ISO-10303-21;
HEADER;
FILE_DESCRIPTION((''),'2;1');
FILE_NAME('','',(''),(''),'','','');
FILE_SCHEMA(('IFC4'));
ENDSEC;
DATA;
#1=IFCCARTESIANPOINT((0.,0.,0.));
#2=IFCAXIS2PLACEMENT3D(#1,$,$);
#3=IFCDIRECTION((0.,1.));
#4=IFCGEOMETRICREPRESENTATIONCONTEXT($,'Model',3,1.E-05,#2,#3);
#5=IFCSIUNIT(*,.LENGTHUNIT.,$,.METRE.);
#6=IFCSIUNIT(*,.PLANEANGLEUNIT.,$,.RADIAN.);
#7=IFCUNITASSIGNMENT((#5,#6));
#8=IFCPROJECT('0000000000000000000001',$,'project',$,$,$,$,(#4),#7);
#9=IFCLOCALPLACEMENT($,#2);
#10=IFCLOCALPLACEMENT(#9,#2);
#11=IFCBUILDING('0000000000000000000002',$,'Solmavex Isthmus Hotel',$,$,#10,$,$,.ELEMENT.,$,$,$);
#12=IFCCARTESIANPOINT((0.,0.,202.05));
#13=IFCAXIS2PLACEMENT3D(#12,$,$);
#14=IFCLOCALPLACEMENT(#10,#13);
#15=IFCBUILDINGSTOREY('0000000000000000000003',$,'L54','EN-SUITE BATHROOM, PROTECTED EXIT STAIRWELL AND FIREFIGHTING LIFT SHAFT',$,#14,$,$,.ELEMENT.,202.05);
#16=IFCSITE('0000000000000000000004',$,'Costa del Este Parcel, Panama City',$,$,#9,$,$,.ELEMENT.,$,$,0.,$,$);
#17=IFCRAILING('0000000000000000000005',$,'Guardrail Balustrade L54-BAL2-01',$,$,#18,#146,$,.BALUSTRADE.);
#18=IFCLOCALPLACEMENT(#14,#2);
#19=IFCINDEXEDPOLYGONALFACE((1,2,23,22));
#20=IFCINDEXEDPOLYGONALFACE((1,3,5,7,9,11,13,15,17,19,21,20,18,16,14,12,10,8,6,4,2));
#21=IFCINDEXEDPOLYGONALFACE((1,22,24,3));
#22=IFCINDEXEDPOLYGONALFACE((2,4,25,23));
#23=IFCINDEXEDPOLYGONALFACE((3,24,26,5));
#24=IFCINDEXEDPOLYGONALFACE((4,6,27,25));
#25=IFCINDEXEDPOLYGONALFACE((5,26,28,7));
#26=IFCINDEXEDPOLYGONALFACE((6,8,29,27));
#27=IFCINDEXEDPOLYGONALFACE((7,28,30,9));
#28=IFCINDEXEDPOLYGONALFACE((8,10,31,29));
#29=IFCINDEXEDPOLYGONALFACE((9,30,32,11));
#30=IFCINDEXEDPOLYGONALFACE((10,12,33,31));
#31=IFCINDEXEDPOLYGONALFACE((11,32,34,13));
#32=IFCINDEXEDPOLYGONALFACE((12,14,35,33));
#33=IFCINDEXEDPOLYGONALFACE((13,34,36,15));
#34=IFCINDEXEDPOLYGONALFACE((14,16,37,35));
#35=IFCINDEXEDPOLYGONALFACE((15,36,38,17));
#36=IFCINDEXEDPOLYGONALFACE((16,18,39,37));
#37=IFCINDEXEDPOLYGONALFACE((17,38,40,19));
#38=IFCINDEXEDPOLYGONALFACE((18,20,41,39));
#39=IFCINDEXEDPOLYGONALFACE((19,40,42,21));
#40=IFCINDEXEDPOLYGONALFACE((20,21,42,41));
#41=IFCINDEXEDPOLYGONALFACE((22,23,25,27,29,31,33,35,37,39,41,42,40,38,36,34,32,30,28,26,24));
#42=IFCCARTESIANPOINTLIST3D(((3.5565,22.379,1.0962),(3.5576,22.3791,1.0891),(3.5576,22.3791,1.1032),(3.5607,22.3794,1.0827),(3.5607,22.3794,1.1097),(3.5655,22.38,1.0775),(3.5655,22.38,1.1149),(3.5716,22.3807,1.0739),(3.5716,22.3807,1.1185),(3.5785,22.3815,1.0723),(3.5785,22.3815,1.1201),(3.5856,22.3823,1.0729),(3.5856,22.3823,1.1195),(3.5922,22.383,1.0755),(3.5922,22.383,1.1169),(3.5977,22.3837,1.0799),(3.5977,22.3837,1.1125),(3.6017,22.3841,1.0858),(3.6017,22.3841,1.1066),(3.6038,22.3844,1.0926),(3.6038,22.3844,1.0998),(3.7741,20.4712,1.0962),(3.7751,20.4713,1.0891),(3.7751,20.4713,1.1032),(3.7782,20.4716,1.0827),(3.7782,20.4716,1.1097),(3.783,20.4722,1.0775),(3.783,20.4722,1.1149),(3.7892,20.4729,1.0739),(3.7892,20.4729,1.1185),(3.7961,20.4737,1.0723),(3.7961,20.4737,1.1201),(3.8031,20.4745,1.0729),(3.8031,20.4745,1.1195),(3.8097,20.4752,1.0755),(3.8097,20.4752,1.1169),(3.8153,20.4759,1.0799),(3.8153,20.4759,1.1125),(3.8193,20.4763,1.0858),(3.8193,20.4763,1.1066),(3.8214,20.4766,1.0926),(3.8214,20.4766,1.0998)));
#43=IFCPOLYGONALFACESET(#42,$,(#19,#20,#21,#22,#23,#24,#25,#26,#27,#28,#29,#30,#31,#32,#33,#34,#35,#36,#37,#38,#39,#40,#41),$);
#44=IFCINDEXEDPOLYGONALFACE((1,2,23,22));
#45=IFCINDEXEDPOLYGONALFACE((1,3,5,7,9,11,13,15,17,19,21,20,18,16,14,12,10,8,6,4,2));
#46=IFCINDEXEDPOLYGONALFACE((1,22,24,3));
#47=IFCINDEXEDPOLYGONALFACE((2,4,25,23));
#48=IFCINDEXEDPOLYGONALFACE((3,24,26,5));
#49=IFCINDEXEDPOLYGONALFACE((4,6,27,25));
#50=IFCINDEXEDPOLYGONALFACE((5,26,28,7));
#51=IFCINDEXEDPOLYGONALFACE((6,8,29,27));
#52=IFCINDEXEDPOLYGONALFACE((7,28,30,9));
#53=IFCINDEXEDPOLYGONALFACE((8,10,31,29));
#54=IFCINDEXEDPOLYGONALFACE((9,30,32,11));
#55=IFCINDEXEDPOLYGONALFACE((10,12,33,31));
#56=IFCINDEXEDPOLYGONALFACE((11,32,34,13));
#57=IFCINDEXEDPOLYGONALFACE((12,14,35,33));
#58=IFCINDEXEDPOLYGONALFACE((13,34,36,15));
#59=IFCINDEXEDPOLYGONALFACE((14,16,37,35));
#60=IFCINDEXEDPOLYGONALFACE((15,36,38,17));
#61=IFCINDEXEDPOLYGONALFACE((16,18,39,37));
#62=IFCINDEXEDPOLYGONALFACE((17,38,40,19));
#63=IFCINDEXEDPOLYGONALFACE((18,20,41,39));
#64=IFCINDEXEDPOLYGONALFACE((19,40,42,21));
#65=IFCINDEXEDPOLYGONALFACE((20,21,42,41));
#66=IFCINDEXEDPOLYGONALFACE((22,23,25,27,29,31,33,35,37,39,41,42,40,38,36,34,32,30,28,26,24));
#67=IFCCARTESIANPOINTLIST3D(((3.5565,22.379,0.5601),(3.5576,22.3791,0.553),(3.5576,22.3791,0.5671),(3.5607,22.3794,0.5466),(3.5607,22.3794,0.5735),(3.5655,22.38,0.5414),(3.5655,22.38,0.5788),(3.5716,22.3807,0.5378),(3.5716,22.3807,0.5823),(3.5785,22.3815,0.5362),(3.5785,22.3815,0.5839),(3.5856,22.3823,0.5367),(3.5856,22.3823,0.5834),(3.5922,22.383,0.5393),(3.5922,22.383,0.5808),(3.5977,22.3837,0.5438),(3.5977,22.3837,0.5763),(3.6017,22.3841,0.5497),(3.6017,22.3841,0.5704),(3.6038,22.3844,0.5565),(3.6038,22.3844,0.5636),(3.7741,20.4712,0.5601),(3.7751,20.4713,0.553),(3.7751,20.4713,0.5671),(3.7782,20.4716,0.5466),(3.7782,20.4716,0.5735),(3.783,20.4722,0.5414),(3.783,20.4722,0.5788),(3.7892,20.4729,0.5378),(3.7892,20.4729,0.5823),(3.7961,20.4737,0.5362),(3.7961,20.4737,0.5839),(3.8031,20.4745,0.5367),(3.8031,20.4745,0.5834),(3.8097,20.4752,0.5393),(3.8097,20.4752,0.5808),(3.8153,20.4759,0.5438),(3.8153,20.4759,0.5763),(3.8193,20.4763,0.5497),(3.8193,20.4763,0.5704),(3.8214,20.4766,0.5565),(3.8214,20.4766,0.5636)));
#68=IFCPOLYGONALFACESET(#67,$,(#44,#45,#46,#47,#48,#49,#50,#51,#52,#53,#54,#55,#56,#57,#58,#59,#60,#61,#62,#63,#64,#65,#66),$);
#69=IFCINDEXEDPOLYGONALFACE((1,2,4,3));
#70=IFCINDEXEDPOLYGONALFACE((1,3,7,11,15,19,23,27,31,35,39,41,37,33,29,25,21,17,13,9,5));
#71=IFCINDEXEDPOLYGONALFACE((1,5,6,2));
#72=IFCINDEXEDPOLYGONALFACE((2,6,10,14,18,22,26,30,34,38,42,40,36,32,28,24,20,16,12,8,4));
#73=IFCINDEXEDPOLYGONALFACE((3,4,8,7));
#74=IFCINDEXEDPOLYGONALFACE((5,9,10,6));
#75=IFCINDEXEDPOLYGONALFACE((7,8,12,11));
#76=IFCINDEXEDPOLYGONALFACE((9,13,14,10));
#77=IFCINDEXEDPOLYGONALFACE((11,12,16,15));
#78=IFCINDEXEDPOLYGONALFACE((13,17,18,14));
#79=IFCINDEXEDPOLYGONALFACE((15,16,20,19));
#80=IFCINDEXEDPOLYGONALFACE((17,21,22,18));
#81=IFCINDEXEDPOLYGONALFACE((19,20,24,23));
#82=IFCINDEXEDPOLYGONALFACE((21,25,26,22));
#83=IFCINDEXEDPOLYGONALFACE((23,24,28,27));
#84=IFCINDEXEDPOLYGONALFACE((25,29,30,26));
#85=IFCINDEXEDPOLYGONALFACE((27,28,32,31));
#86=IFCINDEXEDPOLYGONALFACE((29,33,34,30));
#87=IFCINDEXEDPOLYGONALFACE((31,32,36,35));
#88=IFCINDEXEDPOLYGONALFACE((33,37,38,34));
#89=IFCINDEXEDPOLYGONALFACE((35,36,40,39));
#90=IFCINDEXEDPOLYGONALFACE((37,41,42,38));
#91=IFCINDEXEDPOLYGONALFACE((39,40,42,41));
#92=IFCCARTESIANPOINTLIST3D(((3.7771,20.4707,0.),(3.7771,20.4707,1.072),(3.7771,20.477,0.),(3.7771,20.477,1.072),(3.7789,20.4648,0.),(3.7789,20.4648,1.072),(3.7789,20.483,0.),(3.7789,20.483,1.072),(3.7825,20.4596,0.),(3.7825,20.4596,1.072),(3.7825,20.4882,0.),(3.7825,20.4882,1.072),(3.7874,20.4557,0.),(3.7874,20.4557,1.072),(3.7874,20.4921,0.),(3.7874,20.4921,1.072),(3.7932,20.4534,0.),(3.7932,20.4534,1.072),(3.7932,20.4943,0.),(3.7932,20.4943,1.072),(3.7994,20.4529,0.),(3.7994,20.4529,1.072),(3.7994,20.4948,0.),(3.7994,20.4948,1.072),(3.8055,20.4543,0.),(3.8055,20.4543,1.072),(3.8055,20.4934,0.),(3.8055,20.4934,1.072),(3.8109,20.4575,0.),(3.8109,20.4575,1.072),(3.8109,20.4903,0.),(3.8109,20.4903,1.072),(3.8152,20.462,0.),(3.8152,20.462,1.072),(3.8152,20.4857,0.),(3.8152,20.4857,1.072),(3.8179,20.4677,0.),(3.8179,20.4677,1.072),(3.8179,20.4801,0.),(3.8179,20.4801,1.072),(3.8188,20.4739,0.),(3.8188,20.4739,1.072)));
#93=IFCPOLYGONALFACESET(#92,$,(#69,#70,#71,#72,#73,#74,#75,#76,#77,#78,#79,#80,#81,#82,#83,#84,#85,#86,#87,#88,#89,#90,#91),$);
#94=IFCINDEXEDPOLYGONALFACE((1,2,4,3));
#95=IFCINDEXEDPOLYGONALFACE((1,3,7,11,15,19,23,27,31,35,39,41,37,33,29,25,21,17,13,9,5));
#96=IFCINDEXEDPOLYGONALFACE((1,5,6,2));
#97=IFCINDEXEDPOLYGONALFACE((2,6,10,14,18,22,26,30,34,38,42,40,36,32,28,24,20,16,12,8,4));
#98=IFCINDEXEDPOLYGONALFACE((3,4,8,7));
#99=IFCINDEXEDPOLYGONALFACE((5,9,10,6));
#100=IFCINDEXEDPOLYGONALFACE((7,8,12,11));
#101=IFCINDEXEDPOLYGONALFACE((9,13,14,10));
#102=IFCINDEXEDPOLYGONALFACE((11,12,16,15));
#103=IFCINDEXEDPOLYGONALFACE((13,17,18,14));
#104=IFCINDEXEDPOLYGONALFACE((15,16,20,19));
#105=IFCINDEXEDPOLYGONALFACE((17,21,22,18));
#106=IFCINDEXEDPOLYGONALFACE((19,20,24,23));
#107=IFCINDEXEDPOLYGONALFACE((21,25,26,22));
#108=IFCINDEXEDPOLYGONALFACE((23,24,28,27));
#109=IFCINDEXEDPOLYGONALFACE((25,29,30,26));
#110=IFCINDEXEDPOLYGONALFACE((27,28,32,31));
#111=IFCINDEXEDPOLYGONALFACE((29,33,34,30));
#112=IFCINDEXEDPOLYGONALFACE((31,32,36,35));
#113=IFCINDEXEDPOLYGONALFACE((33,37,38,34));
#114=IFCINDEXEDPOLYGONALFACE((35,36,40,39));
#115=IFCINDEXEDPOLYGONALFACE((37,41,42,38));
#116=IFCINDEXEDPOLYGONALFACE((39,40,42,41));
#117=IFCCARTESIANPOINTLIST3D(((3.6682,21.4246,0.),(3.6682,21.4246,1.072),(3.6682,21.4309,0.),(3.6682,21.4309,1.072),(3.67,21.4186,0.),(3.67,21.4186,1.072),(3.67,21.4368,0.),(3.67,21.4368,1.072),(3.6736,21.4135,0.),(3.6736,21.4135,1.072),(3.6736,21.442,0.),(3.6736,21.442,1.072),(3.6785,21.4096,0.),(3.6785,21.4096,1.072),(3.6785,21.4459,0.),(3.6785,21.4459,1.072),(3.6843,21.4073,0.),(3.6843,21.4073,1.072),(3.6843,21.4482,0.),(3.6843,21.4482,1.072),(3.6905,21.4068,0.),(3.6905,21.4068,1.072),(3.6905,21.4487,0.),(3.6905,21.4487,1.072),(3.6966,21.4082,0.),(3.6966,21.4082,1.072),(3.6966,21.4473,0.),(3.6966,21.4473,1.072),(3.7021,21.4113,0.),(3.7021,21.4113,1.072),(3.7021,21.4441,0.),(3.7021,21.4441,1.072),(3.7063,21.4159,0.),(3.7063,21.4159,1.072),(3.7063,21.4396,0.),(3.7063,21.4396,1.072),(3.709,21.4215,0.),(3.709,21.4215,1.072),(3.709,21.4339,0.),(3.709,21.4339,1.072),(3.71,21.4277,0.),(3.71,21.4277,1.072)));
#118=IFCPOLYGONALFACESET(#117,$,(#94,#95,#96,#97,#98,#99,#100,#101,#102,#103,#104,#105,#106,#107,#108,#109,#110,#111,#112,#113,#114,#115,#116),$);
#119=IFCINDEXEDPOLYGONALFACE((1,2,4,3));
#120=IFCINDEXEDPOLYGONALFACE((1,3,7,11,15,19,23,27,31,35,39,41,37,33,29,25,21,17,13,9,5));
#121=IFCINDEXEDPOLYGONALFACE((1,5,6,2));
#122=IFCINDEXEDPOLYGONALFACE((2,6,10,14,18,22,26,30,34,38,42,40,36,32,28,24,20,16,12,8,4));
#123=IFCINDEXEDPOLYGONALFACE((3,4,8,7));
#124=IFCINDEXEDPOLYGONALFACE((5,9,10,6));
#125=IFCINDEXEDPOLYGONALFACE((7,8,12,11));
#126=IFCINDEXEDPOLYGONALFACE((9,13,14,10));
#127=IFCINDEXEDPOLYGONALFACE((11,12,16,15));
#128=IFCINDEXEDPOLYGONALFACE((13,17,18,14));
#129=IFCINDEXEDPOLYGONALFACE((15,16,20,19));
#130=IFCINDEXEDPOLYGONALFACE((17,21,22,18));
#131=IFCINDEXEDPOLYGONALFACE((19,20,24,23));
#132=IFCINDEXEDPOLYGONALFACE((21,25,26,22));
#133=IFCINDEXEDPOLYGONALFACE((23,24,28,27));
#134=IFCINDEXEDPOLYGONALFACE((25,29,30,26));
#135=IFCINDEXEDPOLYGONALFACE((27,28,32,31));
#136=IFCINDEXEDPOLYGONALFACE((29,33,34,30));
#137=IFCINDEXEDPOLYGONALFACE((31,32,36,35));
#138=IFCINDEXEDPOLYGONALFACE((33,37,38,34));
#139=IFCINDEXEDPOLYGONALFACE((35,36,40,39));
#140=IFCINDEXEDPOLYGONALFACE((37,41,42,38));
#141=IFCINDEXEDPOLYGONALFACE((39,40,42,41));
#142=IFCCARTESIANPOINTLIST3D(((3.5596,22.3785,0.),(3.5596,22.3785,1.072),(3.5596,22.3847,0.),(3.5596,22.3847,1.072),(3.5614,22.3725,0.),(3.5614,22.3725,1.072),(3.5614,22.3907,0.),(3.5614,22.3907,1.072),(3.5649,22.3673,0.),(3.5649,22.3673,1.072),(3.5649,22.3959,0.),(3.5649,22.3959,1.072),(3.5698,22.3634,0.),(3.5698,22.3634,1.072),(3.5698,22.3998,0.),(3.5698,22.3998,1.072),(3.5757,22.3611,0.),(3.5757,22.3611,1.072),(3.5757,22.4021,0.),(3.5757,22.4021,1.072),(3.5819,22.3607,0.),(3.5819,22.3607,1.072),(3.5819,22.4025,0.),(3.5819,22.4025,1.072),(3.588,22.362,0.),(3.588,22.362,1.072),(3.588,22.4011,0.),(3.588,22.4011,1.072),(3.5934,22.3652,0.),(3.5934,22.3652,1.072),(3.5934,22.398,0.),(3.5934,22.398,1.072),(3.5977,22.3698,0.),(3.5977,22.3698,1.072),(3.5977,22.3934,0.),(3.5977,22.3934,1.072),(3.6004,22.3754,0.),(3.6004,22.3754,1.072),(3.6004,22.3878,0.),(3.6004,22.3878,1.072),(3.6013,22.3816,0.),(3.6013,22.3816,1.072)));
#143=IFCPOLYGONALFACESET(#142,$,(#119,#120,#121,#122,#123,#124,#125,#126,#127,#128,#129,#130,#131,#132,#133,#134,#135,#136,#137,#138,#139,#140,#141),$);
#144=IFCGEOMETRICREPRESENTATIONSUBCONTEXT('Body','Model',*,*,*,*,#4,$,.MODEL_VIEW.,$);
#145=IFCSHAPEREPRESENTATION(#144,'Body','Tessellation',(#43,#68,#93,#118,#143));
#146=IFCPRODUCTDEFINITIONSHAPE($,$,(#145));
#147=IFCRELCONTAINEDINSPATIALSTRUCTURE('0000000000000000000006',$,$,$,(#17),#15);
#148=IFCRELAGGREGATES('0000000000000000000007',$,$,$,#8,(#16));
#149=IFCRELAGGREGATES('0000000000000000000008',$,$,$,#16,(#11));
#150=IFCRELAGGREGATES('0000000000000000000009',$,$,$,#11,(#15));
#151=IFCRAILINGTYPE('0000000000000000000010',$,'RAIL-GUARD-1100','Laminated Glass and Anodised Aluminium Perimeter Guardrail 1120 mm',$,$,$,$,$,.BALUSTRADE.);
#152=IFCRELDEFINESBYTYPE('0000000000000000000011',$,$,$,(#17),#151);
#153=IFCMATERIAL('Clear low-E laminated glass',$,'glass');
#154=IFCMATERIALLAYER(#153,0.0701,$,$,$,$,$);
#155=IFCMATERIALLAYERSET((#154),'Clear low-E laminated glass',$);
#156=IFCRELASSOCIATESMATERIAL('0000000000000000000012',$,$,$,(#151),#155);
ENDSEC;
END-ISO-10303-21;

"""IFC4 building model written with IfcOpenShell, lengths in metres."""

from ifc_helpers import new_model, si_unit, direction, frame, origin, origin_2d, place, context, subcontext, project, spatial, circle, extrude, material, layer, layer_set, type_object, element, save


model = new_model("IFC4")

# Units and contexts
model_context = context("Model", 3, precision=1e-05, world=origin(), true_north=direction((0.0, 1.0)))
body_context = subcontext(model_context, "Body", "Model", "MODEL_VIEW")
ifc_project = project(units=[si_unit("LENGTHUNIT", "METRE"), si_unit("PLANEANGLEUNIT", "RADIAN")], contexts=[model_context])

# Site, building, storey
site_placement = place(None, origin())
site = spatial("IfcSite", under=ifc_project, at=site_placement, Name="Costa del Este Parcel, Panama City", CompositionType="ELEMENT", RefElevation=0.0)
building_placement = place(site_placement, origin())
building = spatial("IfcBuilding", under=site, at=building_placement, Name="Solmavex Isthmus Hotel", CompositionType="ELEMENT")
storey_placement = place(building_placement, frame((0.0, 0.0, 202.05)))
storey = spatial("IfcBuildingStorey", under=building, at=storey_placement, Name="L54", Description="EN-SUITE BATHROOM, PROTECTED EXIT STAIRWELL AND FIREFIGHTING LIFT SHAFT", CompositionType="ELEMENT", Elevation=202.05)

# Shared definitions
ifc_material_1 = material(Name="Clear low-E laminated glass", Category="glass")

# Railing
ifc_layer_1 = layer(ifc_material_1, 0.0701)
ifc_layer_set_1 = layer_set([ifc_layer_1], Name="Clear low-E laminated glass")
railing_type = type_object("IfcRailingType", Name="RAIL-GUARD-1100", Description="Laminated Glass and Anodised Aluminium Perimeter Guardrail 1120 mm", PredefinedType="BALUSTRADE", material=ifc_layer_set_1)
railing_1_placement = place(storey_placement, frame((3.7979, 20.4739, 0.0)))
element("IfcRailing", 1, at=railing_1_placement, inside=storey, type_object=railing_type, Name="Guardrail Balustrade L54-BAL2-01", PredefinedType="BALUSTRADE", context=body_context, shape_type="SweptSolid", body=[
    extrude(circle(Radius=0.0239, at=origin_2d()), frame((0.0, 0.0, 1.0962), z_axis=(-0.113292, 0.993562, 0.0), x_axis=(-0.993562, -0.113292, 0.0)), (0.0, 0.0, 1.0), 1.9202),
    extrude(circle(Radius=0.0239, at=origin_2d()), frame((0.0, 0.0, 0.5601), z_axis=(-0.113292, 0.993562, 0.0), x_axis=(-0.993562, -0.113292, 0.0)), (0.0, 0.0, 1.0), 1.9202),
    extrude(circle(Radius=0.021, at=origin_2d()), origin(), (0.0, 0.0, 1.0), 1.072),
    extrude(circle(Radius=0.021, at=origin_2d()), frame((-0.1089, 0.9539, 0.0)), (0.0, 0.0, 1.0), 1.072),
    extrude(circle(Radius=0.021, at=origin_2d()), frame((-0.2175, 1.9077, 0.0)), (0.0, 0.0, 1.0), 1.072),
])

save(model, "model.ifc")
